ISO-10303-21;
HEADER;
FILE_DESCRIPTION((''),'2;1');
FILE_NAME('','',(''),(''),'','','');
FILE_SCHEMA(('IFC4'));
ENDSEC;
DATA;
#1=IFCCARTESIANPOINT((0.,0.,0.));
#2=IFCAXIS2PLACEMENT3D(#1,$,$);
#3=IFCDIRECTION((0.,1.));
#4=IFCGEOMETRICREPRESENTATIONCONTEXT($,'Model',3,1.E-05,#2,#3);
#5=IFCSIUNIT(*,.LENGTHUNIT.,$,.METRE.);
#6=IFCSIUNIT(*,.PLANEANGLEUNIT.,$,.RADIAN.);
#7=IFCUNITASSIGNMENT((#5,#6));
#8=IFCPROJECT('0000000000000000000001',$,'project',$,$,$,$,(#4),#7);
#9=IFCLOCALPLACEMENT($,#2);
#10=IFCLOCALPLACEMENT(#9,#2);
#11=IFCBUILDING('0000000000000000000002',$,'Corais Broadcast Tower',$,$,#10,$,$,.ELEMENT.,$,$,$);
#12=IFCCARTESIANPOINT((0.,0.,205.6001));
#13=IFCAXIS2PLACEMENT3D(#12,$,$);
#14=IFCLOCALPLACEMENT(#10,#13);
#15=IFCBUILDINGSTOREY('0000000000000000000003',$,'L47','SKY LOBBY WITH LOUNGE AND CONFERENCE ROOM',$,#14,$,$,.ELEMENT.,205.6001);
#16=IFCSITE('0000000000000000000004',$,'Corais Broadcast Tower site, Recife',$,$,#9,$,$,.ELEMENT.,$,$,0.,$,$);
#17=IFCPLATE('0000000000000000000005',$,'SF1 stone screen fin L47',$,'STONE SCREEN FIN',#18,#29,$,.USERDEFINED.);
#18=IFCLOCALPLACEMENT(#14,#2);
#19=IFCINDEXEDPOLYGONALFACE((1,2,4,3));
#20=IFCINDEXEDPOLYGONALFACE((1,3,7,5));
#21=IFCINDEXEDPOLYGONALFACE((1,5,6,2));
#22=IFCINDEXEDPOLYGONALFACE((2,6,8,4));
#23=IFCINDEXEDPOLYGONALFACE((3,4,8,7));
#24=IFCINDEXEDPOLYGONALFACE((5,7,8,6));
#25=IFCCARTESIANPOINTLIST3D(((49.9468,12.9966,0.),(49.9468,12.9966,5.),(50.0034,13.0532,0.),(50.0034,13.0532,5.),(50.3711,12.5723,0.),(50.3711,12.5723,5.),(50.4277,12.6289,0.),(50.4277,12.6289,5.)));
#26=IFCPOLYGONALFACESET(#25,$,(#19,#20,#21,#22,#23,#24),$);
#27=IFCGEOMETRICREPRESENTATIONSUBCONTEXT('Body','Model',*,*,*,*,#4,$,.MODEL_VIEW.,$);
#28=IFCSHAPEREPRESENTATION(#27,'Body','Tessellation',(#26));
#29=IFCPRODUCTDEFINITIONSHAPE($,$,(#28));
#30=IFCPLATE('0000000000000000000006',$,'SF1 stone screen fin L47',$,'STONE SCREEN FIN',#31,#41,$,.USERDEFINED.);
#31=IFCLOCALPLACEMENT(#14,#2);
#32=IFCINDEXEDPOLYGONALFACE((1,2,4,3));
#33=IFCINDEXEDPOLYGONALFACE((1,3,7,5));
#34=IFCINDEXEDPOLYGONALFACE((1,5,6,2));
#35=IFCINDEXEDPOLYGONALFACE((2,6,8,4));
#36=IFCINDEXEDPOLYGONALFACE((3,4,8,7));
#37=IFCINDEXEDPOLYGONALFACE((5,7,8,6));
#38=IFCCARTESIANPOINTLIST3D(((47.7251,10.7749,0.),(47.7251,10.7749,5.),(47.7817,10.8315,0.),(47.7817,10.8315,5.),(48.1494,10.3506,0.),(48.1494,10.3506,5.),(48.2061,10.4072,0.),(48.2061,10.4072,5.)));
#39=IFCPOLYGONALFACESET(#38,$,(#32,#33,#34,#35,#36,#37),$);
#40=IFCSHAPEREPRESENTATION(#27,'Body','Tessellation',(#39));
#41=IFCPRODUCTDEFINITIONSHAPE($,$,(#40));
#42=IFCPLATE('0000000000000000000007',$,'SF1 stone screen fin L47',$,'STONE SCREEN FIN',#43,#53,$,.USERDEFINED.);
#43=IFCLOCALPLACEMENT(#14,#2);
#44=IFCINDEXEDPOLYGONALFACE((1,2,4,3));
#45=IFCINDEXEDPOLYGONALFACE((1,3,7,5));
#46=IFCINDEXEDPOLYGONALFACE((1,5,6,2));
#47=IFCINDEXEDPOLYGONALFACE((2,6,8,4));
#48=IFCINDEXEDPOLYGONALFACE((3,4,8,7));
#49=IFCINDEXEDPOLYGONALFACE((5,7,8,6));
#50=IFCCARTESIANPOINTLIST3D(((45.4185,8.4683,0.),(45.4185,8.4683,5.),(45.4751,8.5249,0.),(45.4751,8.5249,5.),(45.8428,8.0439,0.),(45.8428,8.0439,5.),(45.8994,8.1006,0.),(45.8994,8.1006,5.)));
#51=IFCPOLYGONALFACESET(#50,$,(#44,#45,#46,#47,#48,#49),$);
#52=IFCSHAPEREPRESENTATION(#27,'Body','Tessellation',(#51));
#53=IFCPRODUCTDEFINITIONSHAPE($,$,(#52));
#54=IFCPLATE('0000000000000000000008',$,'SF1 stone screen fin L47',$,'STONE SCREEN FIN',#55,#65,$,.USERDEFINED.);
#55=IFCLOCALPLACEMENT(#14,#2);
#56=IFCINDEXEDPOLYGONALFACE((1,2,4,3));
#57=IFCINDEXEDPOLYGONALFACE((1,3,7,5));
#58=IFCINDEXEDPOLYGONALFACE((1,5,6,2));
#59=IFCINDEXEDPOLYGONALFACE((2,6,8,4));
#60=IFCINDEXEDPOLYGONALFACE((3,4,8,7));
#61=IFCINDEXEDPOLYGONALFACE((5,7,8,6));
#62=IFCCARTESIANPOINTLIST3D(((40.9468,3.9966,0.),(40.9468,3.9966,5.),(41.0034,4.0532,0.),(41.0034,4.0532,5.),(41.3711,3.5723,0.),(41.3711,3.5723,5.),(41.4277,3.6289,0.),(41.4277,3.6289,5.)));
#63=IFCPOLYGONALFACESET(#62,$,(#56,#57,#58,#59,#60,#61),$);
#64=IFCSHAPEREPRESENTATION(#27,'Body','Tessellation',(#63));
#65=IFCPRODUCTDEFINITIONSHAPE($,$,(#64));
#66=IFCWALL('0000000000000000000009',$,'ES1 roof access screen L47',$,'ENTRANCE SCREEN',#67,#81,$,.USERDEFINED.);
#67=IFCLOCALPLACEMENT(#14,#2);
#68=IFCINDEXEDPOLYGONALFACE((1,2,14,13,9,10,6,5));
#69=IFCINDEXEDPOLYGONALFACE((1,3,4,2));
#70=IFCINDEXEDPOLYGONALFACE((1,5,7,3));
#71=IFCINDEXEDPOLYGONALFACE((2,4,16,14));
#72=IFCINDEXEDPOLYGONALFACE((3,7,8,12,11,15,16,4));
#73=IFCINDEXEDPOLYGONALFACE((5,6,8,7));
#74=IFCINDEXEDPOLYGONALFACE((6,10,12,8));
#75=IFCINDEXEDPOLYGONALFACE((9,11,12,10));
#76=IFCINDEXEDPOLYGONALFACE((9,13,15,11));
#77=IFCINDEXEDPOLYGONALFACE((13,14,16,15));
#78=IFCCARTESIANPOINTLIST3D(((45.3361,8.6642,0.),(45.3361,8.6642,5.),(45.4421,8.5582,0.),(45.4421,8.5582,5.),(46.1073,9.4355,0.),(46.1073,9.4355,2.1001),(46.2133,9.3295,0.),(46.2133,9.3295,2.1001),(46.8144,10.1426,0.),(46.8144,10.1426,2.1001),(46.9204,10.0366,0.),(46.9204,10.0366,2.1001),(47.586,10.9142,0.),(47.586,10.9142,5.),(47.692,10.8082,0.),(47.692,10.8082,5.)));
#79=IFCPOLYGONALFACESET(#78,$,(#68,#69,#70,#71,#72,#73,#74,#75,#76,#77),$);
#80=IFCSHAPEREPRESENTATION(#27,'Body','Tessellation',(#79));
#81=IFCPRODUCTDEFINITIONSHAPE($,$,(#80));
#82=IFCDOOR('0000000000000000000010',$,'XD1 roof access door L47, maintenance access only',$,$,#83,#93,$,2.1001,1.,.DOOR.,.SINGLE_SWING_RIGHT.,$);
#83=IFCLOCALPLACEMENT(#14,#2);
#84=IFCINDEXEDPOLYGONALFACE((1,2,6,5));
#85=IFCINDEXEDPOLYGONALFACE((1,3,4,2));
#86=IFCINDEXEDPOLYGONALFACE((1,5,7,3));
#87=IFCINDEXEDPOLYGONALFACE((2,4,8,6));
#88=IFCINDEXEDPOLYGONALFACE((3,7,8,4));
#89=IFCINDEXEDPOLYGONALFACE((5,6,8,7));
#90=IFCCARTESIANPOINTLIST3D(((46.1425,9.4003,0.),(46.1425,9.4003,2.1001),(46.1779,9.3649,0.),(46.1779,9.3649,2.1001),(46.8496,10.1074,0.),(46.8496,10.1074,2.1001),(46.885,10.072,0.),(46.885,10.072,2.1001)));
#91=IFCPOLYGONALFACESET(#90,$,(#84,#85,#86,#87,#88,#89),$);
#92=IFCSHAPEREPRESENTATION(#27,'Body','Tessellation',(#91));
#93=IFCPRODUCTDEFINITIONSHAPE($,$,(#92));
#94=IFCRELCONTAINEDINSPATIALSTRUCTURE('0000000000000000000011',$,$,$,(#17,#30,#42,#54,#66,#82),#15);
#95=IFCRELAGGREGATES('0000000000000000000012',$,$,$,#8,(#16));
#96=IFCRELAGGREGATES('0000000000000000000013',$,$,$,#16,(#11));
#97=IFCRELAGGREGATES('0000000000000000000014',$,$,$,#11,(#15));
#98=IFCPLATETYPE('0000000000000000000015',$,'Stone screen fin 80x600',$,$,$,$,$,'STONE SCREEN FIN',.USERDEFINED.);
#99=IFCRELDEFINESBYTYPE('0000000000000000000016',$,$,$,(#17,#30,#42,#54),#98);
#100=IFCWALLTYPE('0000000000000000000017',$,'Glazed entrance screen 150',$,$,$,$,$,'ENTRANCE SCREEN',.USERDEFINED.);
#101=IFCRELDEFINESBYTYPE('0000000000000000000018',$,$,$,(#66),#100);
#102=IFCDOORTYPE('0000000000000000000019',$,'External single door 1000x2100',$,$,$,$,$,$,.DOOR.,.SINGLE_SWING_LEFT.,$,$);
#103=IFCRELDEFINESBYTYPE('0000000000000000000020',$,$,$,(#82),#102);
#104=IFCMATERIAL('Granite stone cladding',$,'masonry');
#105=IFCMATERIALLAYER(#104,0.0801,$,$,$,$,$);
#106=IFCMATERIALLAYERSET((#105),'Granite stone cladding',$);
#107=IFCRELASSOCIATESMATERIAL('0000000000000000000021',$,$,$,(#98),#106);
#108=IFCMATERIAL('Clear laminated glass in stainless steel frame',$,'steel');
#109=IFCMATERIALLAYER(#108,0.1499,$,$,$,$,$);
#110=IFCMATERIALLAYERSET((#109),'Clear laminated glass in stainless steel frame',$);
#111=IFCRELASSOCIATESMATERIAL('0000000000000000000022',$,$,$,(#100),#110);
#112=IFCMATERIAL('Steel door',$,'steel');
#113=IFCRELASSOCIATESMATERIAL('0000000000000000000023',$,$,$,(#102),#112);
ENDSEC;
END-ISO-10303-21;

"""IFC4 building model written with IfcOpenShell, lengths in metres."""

from ifc_helpers import new_model, si_unit, direction, frame, frame_2d, origin, origin_2d, place, context, subcontext, project, spatial, rectangle, extrude, material, layer, layer_set, type_object, element, fill, save


model = new_model("IFC4")

# Units and contexts
model_context = context("Model", 3, precision=1e-05, world=origin(), true_north=direction((0.0, 1.0)))
body_context = subcontext(model_context, "Body", "Model", "MODEL_VIEW")
ifc_project = project(units=[si_unit("LENGTHUNIT", "METRE"), si_unit("PLANEANGLEUNIT", "RADIAN")], contexts=[model_context])

# Site, building, storey
site_placement = place(None, origin())
site = spatial("IfcSite", under=ifc_project, at=site_placement, Name="Corais Broadcast Tower site, Recife", CompositionType="ELEMENT", RefElevation=0.0)
building_placement = place(site_placement, origin())
building = spatial("IfcBuilding", under=site, at=building_placement, Name="Corais Broadcast Tower", CompositionType="ELEMENT")
storey_placement = place(building_placement, frame((0.0, 0.0, 205.6001)))
storey = spatial("IfcBuildingStorey", under=building, at=storey_placement, Name="L47", Description="SKY LOBBY WITH LOUNGE AND CONFERENCE ROOM", CompositionType="ELEMENT", Elevation=205.6001)

# Plates
ifc_material_1 = material(Name="Granite stone cladding", Category="masonry")
ifc_layer_1 = layer(ifc_material_1, 0.0801)
ifc_layer_set_1 = layer_set([ifc_layer_1], Name="Granite stone cladding")
plate_type_1 = type_object("IfcPlateType", Name="Stone screen fin 80x600", ElementType="STONE SCREEN FIN", PredefinedType="USERDEFINED", material=ifc_layer_set_1)
for number, where, z_axis, x_axis, name in (
    (1, (50.1873, 12.8127, 0.0), (0.0, 0.0, 1.0), (-0.707107, -0.707107, 0.0), "SF1 stone screen fin L47"),
    (2, (47.9656, 10.5911, 0.0), (0.0, 0.0, 1.0), (-0.707107, -0.707107, 0.0), "SF1 stone screen fin L47"),
    (3, (45.6589, 8.2844, 0.0), (0.0, 0.0, 1.0), (-0.707107, -0.707107, 0.0), "SF1 stone screen fin L47"),
    (4, (41.1873, 3.8127, 0.0), (0.0, 0.0, 1.0), (-0.707107, -0.707107, 0.0), "SF1 stone screen fin L47"),
):
    element("IfcPlate", number, at=place(storey_placement, frame(where, z_axis=z_axis, x_axis=x_axis)), inside=storey, type_object=plate_type_1, Name=name, ObjectType="STONE SCREEN FIN", PredefinedType="USERDEFINED", context=body_context, shape_type="SweptSolid", body=[
        extrude(rectangle(XDim=0.0801, YDim=0.6001, at=origin_2d()), origin(), (0.0, 0.0, 1.0), 5.0),
    ])

# Wall, opening, door
ifc_material_2 = material(Name="Clear laminated glass in stainless steel frame", Category="steel")
ifc_layer_2 = layer(ifc_material_2, 0.1499)
ifc_layer_set_2 = layer_set([ifc_layer_2], Name="Clear laminated glass in stainless steel frame")
wall_type = type_object("IfcWallType", Name="Glazed entrance screen 150", ElementType="ENTRANCE SCREEN", PredefinedType="USERDEFINED", material=ifc_layer_set_2)
wall_placement = place(storey_placement, frame((47.6389, 10.8611, 0.0), z_axis=(0.0, 0.0, 1.0), x_axis=(-0.707107, -0.707107, 0.0)))
wall = element("IfcWall", 5, at=wall_placement, inside=storey, type_object=wall_type, Name="ES1 roof access screen L47", ObjectType="ENTRANCE SCREEN", PredefinedType="USERDEFINED", context=body_context, shape_type="SweptSolid", body=[
    extrude(rectangle(XDim=3.1819, YDim=0.1499, at=frame_2d((1.5908, 0.0))), origin(), (0.0, 0.0, 1.0), 5.0),
])
opening_placement = place(wall_placement, frame((1.0911, 0.0, 0.0)))
opening = element("IfcOpeningElement", 6, at=opening_placement, cuts=wall, PredefinedType="OPENING", context=body_context, shape_type="SweptSolid", body=[
    extrude(rectangle(XDim=1.0, YDim=2.1001, at=frame_2d((0.5, 1.05))), frame((0.0, 0.085, 0.0), z_axis=(0.0, -1.0, 0.0), x_axis=(1.0, 0.0, 0.0)), (0.0, 0.0, 1.0), 0.1699),
])
ifc_material_3 = material(Name="Steel door", Category="steel")
door_type = type_object("IfcDoorType", Name="External single door 1000x2100", OperationType="SINGLE_SWING_LEFT", PredefinedType="DOOR", material=ifc_material_3)
door_placement = place(opening_placement, origin())
door = element("IfcDoor", 7, at=door_placement, inside=storey, type_object=door_type, Name="XD1 roof access door L47, maintenance access only", OperationType="SINGLE_SWING_RIGHT", OverallHeight=2.1001, OverallWidth=1.0, PredefinedType="DOOR", context=body_context, shape_type="SweptSolid", body=[
    extrude(rectangle(XDim=1.0, YDim=2.1001, at=frame_2d((0.5, 1.05))), frame((0.0, 0.0249, 0.0), z_axis=(0.0, -1.0, 0.0), x_axis=(1.0, 0.0, 0.0)), (0.0, 0.0, 1.0), 0.05),
])
fill(opening, door)

save(model, "model.ifc")
